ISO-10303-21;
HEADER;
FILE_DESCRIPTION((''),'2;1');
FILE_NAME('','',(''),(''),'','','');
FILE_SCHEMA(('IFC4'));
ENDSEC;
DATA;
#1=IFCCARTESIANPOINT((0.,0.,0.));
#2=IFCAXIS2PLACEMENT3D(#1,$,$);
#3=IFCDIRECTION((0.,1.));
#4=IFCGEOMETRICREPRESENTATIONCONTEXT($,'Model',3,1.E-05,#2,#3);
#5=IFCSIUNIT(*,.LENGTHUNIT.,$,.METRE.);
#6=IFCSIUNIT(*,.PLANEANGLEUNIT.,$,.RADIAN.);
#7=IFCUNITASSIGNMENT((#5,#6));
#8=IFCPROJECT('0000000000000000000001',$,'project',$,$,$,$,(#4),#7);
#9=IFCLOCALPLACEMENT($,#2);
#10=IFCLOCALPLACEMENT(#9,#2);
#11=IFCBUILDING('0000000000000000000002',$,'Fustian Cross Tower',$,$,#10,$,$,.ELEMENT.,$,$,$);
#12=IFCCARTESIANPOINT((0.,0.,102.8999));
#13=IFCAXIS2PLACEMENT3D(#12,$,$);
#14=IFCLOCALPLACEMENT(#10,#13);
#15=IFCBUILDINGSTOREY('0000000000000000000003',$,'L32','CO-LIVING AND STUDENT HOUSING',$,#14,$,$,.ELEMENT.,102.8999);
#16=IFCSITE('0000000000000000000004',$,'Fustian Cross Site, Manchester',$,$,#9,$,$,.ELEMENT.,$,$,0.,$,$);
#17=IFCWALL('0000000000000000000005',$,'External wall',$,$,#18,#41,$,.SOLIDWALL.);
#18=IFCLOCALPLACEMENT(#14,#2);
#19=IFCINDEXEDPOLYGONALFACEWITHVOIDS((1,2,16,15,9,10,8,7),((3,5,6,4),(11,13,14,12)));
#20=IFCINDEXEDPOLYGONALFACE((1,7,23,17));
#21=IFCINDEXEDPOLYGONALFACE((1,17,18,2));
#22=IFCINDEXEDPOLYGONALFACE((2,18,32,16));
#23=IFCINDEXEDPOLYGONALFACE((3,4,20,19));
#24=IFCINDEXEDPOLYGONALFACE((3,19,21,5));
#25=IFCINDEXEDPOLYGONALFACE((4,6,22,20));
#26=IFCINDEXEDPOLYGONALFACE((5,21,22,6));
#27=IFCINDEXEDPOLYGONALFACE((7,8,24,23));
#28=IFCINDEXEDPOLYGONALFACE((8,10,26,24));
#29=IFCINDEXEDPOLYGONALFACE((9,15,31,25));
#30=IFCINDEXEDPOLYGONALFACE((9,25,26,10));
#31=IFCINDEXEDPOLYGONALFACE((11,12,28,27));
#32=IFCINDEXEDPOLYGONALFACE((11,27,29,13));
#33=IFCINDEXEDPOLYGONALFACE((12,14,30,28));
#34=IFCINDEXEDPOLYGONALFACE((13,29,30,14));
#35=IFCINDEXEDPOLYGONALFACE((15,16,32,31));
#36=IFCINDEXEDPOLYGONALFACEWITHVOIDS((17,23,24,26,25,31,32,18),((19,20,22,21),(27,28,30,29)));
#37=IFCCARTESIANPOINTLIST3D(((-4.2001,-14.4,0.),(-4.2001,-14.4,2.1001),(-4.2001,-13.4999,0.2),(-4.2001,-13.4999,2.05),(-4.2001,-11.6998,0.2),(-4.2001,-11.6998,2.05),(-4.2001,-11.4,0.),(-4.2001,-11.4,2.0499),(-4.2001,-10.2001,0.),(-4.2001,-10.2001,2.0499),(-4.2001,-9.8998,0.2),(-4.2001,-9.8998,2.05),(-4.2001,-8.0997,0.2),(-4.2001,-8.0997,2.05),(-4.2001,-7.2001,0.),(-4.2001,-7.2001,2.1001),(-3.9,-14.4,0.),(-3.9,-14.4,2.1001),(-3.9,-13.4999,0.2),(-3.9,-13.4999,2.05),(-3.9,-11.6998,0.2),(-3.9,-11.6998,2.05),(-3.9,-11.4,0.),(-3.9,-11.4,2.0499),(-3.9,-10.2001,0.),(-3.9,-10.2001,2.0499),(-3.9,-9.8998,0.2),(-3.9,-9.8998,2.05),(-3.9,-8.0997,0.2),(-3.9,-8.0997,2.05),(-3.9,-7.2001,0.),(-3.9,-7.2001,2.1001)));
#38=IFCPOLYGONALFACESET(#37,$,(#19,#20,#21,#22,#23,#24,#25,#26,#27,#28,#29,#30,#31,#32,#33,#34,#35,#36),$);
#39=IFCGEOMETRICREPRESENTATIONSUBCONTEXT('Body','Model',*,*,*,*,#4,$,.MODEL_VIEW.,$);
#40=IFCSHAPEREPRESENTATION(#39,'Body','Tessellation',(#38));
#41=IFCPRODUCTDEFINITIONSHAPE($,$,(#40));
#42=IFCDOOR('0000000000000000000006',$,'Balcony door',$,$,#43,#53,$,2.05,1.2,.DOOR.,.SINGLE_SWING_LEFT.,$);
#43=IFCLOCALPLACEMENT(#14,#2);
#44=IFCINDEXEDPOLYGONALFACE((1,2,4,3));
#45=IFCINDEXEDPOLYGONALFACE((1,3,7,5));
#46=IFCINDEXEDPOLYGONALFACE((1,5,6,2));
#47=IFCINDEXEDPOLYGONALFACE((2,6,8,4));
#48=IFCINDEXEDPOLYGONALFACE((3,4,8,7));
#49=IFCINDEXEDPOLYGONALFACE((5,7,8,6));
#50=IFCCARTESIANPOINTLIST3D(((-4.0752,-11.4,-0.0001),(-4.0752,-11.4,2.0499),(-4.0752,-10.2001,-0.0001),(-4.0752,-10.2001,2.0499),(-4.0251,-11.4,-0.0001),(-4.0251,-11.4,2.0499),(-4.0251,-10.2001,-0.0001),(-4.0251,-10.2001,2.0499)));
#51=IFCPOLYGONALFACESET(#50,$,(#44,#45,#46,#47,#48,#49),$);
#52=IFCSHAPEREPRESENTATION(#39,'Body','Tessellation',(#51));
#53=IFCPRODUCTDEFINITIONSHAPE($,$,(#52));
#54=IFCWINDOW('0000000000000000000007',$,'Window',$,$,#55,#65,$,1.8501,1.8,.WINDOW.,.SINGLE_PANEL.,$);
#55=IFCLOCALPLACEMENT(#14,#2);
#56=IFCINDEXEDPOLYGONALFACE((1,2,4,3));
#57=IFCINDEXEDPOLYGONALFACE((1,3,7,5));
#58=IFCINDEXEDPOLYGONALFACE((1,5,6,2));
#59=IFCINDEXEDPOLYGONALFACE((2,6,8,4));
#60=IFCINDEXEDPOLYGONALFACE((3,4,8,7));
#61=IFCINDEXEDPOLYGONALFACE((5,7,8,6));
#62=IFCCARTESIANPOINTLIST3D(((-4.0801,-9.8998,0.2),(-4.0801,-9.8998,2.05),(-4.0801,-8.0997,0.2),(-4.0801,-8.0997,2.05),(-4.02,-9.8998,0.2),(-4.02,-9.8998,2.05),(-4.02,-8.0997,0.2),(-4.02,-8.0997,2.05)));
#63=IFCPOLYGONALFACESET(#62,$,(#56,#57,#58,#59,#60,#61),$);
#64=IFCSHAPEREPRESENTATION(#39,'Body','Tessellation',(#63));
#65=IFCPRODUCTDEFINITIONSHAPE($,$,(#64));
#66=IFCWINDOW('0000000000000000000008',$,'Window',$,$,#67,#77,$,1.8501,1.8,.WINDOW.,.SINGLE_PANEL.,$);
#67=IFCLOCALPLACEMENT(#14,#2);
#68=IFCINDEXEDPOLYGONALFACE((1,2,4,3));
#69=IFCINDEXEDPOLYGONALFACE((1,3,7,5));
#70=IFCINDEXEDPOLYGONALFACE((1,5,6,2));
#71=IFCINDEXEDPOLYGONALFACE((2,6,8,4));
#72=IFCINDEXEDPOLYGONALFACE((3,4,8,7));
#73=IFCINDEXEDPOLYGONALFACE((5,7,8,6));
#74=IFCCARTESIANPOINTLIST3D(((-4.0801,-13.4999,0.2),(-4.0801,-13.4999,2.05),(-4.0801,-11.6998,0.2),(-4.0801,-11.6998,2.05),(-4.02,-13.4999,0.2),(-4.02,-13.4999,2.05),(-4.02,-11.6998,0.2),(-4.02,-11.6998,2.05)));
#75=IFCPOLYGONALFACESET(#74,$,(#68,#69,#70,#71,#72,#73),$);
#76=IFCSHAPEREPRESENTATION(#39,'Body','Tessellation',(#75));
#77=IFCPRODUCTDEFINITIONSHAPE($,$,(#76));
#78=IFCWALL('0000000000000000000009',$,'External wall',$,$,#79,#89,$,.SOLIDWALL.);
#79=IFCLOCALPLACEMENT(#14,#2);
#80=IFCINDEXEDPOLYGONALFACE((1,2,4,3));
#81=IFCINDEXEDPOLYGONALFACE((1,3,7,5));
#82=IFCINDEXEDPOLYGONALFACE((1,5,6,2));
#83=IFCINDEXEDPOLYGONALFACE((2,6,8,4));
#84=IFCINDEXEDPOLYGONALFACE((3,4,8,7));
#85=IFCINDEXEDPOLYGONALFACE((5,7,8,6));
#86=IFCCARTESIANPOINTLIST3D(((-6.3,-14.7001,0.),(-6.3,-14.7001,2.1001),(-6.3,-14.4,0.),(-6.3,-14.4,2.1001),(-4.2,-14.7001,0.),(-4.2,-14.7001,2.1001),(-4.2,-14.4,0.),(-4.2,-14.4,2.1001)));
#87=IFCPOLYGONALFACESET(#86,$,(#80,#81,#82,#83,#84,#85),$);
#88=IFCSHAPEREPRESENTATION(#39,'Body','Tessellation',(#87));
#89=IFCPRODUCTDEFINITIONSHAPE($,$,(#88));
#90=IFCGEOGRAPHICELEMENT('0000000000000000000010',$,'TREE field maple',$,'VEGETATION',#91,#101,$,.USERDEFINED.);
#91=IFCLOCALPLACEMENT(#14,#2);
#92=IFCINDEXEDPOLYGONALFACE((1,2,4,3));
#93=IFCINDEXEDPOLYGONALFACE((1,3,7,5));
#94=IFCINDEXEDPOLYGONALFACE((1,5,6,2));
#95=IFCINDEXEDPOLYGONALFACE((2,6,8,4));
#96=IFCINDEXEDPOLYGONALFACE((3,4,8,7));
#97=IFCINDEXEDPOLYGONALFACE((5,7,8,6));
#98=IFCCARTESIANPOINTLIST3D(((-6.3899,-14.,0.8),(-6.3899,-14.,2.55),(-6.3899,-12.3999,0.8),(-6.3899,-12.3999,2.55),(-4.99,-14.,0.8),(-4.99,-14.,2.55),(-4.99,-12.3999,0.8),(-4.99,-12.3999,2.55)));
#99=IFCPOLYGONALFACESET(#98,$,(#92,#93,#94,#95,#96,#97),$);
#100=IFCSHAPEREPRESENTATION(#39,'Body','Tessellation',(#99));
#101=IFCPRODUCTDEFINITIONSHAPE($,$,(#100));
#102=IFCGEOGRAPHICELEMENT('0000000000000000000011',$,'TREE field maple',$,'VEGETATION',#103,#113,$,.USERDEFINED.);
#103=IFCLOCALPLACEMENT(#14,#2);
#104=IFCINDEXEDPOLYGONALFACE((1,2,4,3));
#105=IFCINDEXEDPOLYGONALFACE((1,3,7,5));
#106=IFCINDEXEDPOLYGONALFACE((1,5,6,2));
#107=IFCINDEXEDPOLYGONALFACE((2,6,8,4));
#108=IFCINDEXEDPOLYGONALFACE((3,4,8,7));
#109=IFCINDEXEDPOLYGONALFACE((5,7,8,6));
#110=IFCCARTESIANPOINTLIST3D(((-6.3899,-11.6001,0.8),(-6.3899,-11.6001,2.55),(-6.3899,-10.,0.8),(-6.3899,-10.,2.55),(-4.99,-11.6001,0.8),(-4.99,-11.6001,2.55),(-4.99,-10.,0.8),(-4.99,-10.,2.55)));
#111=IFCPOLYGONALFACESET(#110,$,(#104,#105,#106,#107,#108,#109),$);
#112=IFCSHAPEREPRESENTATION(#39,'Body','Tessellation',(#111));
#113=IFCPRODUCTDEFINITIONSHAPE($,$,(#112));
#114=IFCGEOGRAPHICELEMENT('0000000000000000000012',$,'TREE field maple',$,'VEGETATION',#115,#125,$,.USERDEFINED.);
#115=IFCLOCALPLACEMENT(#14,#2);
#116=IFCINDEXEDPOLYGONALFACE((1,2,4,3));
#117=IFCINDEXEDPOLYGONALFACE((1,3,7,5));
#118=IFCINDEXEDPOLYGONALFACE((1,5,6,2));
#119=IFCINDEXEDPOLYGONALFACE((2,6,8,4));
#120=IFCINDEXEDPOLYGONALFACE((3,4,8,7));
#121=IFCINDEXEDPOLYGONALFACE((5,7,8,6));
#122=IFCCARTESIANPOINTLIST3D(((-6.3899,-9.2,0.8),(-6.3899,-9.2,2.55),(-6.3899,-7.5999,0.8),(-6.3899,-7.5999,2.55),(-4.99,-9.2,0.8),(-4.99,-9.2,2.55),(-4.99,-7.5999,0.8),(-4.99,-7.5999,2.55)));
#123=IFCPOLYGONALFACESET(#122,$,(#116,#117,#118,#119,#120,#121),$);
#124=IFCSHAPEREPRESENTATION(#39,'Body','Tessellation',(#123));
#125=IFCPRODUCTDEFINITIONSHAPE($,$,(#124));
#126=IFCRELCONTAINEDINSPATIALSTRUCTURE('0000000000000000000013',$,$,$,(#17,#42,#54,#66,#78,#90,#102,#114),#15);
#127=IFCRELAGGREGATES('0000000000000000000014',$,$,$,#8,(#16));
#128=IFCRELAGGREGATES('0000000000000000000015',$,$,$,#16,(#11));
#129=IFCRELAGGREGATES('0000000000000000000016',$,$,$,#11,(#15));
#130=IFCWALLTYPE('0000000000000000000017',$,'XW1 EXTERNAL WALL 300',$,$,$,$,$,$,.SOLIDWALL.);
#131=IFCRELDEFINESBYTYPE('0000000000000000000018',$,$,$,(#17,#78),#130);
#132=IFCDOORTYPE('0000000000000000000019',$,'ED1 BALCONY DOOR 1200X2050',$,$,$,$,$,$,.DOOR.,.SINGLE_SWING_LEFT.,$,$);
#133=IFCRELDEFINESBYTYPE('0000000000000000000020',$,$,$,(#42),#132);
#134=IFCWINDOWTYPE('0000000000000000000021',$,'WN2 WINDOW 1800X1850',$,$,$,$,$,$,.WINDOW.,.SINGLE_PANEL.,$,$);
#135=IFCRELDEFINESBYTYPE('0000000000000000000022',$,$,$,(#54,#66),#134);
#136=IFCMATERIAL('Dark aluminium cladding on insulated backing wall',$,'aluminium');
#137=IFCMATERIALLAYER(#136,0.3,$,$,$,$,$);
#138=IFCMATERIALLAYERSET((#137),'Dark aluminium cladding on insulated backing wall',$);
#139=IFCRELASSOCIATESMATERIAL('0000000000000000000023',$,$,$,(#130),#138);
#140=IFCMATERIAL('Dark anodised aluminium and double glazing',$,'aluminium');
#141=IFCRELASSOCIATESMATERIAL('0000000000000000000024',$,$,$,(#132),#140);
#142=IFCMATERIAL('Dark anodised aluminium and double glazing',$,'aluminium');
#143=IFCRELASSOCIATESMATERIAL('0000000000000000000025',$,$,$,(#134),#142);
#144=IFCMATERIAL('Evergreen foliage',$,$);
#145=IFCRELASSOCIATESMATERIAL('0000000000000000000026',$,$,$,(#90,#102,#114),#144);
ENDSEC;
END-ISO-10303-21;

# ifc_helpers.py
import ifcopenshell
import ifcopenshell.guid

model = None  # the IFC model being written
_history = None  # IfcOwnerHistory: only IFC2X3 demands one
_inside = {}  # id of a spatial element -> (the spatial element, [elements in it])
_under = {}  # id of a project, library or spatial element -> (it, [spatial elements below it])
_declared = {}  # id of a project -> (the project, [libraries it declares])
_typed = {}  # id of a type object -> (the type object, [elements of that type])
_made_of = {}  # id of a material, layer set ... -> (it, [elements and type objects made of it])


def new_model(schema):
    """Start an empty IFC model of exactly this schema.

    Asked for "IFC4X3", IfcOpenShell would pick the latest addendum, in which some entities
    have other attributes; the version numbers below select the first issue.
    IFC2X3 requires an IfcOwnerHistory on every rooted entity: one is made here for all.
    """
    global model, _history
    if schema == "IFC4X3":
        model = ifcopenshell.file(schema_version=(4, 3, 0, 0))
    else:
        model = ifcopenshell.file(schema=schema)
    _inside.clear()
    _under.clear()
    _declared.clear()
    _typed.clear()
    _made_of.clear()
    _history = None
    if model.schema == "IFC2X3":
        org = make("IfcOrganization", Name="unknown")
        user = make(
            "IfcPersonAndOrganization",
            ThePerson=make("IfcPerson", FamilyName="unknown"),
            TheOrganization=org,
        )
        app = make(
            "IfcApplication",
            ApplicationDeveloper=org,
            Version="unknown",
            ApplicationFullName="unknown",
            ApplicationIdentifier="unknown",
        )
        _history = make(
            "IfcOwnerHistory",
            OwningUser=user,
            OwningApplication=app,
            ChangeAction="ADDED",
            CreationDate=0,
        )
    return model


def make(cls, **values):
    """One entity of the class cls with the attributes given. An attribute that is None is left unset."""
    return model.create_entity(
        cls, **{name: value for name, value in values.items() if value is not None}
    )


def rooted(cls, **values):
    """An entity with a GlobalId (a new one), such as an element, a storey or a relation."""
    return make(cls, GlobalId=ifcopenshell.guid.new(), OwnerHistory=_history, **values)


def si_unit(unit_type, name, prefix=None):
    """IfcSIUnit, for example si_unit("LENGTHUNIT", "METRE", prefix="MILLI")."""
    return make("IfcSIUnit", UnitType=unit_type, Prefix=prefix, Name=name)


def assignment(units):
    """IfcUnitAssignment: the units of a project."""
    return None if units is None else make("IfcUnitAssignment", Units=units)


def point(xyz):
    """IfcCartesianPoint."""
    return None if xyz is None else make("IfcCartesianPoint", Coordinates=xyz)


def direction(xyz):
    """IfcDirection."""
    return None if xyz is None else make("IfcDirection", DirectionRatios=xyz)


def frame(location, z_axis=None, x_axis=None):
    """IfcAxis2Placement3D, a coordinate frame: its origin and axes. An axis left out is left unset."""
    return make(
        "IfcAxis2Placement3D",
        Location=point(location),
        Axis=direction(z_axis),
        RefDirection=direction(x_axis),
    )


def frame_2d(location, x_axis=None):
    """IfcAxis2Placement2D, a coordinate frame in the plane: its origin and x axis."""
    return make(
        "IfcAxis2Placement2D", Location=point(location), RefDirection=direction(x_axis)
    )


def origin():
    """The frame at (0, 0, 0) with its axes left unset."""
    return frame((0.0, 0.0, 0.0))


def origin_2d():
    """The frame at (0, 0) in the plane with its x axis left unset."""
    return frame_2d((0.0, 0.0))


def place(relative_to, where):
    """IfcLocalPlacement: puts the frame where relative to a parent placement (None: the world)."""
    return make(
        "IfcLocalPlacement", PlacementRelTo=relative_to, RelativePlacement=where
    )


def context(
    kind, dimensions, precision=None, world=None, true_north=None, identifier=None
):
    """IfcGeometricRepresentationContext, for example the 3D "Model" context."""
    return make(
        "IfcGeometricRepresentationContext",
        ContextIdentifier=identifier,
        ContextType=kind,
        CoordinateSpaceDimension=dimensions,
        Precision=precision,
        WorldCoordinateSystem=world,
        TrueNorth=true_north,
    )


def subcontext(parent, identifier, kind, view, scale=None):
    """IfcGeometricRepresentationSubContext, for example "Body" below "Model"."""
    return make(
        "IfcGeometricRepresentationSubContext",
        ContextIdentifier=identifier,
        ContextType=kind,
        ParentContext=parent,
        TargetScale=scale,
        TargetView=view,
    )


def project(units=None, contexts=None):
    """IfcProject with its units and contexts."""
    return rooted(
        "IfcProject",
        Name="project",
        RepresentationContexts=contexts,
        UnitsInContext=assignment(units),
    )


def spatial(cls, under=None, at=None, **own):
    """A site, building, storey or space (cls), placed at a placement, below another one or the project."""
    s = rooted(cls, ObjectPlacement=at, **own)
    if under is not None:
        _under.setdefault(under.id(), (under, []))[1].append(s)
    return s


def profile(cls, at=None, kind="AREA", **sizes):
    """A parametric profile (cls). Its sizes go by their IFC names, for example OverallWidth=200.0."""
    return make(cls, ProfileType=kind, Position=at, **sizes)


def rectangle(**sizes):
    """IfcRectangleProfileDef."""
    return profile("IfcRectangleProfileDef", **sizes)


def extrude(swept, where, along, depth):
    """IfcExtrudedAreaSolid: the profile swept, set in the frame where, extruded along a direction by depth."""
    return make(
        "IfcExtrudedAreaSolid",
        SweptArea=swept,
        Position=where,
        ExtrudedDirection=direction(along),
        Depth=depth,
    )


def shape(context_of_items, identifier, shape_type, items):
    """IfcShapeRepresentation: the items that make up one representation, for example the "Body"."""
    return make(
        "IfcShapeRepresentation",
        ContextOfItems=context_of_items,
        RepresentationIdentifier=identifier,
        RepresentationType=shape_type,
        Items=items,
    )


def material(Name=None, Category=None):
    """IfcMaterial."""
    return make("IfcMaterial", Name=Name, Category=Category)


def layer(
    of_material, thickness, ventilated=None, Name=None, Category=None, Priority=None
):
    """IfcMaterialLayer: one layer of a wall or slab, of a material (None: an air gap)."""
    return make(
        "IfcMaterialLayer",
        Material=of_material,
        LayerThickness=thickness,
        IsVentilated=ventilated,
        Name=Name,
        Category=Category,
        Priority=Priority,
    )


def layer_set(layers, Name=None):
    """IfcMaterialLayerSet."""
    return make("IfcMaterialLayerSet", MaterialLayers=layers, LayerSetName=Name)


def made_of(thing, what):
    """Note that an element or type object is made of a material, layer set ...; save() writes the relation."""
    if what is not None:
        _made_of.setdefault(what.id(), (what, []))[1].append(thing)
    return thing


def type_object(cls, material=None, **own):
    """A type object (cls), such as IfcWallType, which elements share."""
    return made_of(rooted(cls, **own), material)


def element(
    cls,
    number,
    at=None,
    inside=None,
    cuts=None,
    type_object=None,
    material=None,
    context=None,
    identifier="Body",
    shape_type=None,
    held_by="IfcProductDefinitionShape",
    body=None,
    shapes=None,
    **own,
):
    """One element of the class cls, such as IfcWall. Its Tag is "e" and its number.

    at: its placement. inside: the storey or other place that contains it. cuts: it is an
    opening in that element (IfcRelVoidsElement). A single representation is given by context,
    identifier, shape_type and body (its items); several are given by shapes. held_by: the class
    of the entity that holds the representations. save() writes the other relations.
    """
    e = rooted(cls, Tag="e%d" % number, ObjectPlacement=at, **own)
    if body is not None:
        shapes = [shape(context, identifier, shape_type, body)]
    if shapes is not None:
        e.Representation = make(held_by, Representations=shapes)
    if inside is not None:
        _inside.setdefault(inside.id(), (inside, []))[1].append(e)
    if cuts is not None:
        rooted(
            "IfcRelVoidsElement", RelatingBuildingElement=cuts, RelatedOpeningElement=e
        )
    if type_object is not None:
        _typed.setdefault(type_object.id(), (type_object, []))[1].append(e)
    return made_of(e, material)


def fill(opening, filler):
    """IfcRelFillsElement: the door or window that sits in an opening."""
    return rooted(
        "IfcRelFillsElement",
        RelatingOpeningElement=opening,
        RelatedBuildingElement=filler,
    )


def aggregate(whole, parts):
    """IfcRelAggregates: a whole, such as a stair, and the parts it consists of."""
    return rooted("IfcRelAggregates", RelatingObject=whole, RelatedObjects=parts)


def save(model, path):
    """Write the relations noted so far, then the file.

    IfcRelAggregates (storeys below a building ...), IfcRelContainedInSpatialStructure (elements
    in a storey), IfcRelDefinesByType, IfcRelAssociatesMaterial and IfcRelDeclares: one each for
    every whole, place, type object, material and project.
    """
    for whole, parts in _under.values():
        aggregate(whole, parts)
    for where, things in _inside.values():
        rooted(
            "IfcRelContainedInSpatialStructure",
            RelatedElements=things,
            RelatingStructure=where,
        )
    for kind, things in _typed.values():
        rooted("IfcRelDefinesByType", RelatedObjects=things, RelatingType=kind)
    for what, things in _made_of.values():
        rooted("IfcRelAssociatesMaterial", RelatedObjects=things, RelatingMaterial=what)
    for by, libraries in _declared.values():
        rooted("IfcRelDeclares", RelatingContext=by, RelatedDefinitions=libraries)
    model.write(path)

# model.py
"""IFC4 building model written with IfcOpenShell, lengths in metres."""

from ifc_helpers import new_model, si_unit, direction, frame, frame_2d, origin, origin_2d, place, context, subcontext, project, spatial, rectangle, extrude, material, layer, layer_set, type_object, element, fill, save


model = new_model("IFC4")

# Units and contexts
model_context = context("Model", 3, precision=1e-05, world=origin(), true_north=direction((0.0, 1.0)))
body_context = subcontext(model_context, "Body", "Model", "MODEL_VIEW")
ifc_project = project(units=[si_unit("LENGTHUNIT", "METRE"), si_unit("PLANEANGLEUNIT", "RADIAN")], contexts=[model_context])

# Site, building, storey
site_placement = place(None, origin())
site = spatial("IfcSite", under=ifc_project, at=site_placement, Name="Fustian Cross Site, Manchester", CompositionType="ELEMENT", RefElevation=0.0)
building_placement = place(site_placement, origin())
building = spatial("IfcBuilding", under=site, at=building_placement, Name="Fustian Cross Tower", CompositionType="ELEMENT")
storey_placement = place(building_placement, frame((0.0, 0.0, 102.8999)))
storey = spatial("IfcBuildingStorey", under=building, at=storey_placement, Name="L32", Description="CO-LIVING AND STUDENT HOUSING", CompositionType="ELEMENT", Elevation=102.8999)

# Wall, openings, door, windows
ifc_material_1 = material(Name="Dark aluminium cladding on insulated backing wall", Category="aluminium")
ifc_layer_1 = layer(ifc_material_1, 0.3)
ifc_layer_set_1 = layer_set([ifc_layer_1], Name="Dark aluminium cladding on insulated backing wall")
wall_type_1 = type_object("IfcWallType", Name="XW1 EXTERNAL WALL 300", PredefinedType="SOLIDWALL", material=ifc_layer_set_1)
wall_1_placement = place(storey_placement, frame((-4.05, -7.2, 0.0), z_axis=(0.0, 0.0, 1.0), x_axis=(0.0, -1.0, 0.0)))
wall_1 = element("IfcWall", 1, at=wall_1_placement, inside=storey, type_object=wall_type_1, Name="External wall", PredefinedType="SOLIDWALL", context=body_context, shape_type="SweptSolid", body=[
    extrude(rectangle(XDim=7.2, YDim=0.3, at=frame_2d((3.6001, 0.0))), origin(), (0.0, 0.0, 1.0), 2.1001),
])
opening_1_placement = place(wall_1_placement, frame((3.0, 0.0, 0.0)))
opening_1 = element("IfcOpeningElement", 2, at=opening_1_placement, cuts=wall_1, PredefinedType="OPENING", context=body_context, shape_type="SweptSolid", body=[
    extrude(rectangle(XDim=1.2, YDim=2.05, at=frame_2d((0.6001, 1.0249))), frame((0.0, 0.1599, 0.0), z_axis=(0.0, -1.0, 0.0), x_axis=(1.0, 0.0, 0.0)), (0.0, 0.0, 1.0), 0.3201),
])
opening_2_placement = place(wall_1_placement, frame((0.8999, 0.0, 0.2)))
opening_2 = element("IfcOpeningElement", 3, at=opening_2_placement, cuts=wall_1, PredefinedType="OPENING", context=body_context, shape_type="SweptSolid", body=[
    extrude(rectangle(XDim=1.8, YDim=1.8501, at=frame_2d((0.8999, 0.925))), frame((0.0, 0.1599, 0.0), z_axis=(0.0, -1.0, 0.0), x_axis=(1.0, 0.0, 0.0)), (0.0, 0.0, 1.0), 0.3201),
])
opening_3_placement = place(wall_1_placement, frame((4.5, 0.0, 0.2)))
opening_3 = element("IfcOpeningElement", 4, at=opening_3_placement, cuts=wall_1, PredefinedType="OPENING", context=body_context, shape_type="SweptSolid", body=[
    extrude(rectangle(XDim=1.8, YDim=1.8501, at=frame_2d((0.8999, 0.925))), frame((0.0, 0.1599, 0.0), z_axis=(0.0, -1.0, 0.0), x_axis=(1.0, 0.0, 0.0)), (0.0, 0.0, 1.0), 0.3201),
])
ifc_material_2 = material(Name="Dark anodised aluminium and double glazing", Category="aluminium")
door_type = type_object("IfcDoorType", Name="ED1 BALCONY DOOR 1200X2050", OperationType="SINGLE_SWING_LEFT", PredefinedType="DOOR", material=ifc_material_2)
door_placement = place(opening_1_placement, origin())
door = element("IfcDoor", 5, at=door_placement, inside=storey, type_object=door_type, Name="Balcony door", OperationType="SINGLE_SWING_LEFT", OverallHeight=2.05, OverallWidth=1.2, PredefinedType="DOOR", context=body_context, shape_type="SweptSolid", body=[
    extrude(rectangle(XDim=1.2, YDim=2.05, at=frame_2d((0.6001, 1.0249))), frame((0.0, 0.0249, 0.0), z_axis=(0.0, -1.0, 0.0), x_axis=(1.0, 0.0, 0.0)), (0.0, 0.0, 1.0), 0.05),
])
fill(opening_1, door)
ifc_material_3 = material(Name="Dark anodised aluminium and double glazing", Category="aluminium")
window_type = type_object("IfcWindowType", Name="WN2 WINDOW 1800X1850", PartitioningType="SINGLE_PANEL", PredefinedType="WINDOW", material=ifc_material_3)
window_1_placement = place(opening_2_placement, origin())
window_1 = element("IfcWindow", 6, at=window_1_placement, inside=storey, type_object=window_type, Name="Window", OverallHeight=1.8501, OverallWidth=1.8, PartitioningType="SINGLE_PANEL", PredefinedType="WINDOW", context=body_context, shape_type="SweptSolid", body=[
    extrude(rectangle(XDim=1.8, YDim=1.8501, at=frame_2d((0.8999, 0.925))), frame((0.0, 0.03, 0.0), z_axis=(0.0, -1.0, 0.0), x_axis=(1.0, 0.0, 0.0)), (0.0, 0.0, 1.0), 0.0601),
])
fill(opening_2, window_1)
window_2_placement = place(opening_3_placement, origin())
window_2 = element("IfcWindow", 7, at=window_2_placement, inside=storey, type_object=window_type, Name="Window", OverallHeight=1.8501, OverallWidth=1.8, PartitioningType="SINGLE_PANEL", PredefinedType="WINDOW", context=body_context, shape_type="SweptSolid", body=[
    extrude(rectangle(XDim=1.8, YDim=1.8501, at=frame_2d((0.8999, 0.925))), frame((0.0, 0.03, 0.0), z_axis=(0.0, -1.0, 0.0), x_axis=(1.0, 0.0, 0.0)), (0.0, 0.0, 1.0), 0.0601),
])
fill(opening_3, window_2)

# Wall
wall_2_placement = place(storey_placement, frame((-4.2, -14.55, 0.0), z_axis=(0.0, 0.0, 1.0), x_axis=(-1.0, 0.0, 0.0)))
element("IfcWall", 8, at=wall_2_placement, inside=storey, type_object=wall_type_1, Name="External wall", PredefinedType="SOLIDWALL", context=body_context, shape_type="SweptSolid", body=[
    extrude(rectangle(XDim=2.1001, YDim=0.3, at=frame_2d((1.05, 0.0))), origin(), (0.0, 0.0, 1.0), 2.1001),
])

# Geographic elements
ifc_material_4 = material(Name="Evergreen foliage")
for number, where, z_axis, x_axis, name in (
    (9, (-5.6899, -13.2, 0.8), (0.0, 0.0, 1.0), (1.0, 0.0, 0.0), "TREE field maple"),
    (10, (-5.6899, -10.8, 0.8), (0.0, 0.0, 1.0), (1.0, 0.0, 0.0), "TREE field maple"),
    (11, (-5.6899, -8.3999, 0.8), (0.0, 0.0, 1.0), (1.0, 0.0, 0.0), "TREE field maple"),
):
    element("IfcGeographicElement", number, at=place(storey_placement, frame(where, z_axis=z_axis, x_axis=x_axis)), inside=storey, material=ifc_material_4, Name=name, ObjectType="VEGETATION", PredefinedType="USERDEFINED", context=body_context, shape_type="SweptSolid", body=[
        extrude(rectangle(XDim=1.3999, YDim=1.6001, at=origin_2d()), origin(), (0.0, 0.0, 1.0), 1.75),
    ])

save(model, "model.ifc")
